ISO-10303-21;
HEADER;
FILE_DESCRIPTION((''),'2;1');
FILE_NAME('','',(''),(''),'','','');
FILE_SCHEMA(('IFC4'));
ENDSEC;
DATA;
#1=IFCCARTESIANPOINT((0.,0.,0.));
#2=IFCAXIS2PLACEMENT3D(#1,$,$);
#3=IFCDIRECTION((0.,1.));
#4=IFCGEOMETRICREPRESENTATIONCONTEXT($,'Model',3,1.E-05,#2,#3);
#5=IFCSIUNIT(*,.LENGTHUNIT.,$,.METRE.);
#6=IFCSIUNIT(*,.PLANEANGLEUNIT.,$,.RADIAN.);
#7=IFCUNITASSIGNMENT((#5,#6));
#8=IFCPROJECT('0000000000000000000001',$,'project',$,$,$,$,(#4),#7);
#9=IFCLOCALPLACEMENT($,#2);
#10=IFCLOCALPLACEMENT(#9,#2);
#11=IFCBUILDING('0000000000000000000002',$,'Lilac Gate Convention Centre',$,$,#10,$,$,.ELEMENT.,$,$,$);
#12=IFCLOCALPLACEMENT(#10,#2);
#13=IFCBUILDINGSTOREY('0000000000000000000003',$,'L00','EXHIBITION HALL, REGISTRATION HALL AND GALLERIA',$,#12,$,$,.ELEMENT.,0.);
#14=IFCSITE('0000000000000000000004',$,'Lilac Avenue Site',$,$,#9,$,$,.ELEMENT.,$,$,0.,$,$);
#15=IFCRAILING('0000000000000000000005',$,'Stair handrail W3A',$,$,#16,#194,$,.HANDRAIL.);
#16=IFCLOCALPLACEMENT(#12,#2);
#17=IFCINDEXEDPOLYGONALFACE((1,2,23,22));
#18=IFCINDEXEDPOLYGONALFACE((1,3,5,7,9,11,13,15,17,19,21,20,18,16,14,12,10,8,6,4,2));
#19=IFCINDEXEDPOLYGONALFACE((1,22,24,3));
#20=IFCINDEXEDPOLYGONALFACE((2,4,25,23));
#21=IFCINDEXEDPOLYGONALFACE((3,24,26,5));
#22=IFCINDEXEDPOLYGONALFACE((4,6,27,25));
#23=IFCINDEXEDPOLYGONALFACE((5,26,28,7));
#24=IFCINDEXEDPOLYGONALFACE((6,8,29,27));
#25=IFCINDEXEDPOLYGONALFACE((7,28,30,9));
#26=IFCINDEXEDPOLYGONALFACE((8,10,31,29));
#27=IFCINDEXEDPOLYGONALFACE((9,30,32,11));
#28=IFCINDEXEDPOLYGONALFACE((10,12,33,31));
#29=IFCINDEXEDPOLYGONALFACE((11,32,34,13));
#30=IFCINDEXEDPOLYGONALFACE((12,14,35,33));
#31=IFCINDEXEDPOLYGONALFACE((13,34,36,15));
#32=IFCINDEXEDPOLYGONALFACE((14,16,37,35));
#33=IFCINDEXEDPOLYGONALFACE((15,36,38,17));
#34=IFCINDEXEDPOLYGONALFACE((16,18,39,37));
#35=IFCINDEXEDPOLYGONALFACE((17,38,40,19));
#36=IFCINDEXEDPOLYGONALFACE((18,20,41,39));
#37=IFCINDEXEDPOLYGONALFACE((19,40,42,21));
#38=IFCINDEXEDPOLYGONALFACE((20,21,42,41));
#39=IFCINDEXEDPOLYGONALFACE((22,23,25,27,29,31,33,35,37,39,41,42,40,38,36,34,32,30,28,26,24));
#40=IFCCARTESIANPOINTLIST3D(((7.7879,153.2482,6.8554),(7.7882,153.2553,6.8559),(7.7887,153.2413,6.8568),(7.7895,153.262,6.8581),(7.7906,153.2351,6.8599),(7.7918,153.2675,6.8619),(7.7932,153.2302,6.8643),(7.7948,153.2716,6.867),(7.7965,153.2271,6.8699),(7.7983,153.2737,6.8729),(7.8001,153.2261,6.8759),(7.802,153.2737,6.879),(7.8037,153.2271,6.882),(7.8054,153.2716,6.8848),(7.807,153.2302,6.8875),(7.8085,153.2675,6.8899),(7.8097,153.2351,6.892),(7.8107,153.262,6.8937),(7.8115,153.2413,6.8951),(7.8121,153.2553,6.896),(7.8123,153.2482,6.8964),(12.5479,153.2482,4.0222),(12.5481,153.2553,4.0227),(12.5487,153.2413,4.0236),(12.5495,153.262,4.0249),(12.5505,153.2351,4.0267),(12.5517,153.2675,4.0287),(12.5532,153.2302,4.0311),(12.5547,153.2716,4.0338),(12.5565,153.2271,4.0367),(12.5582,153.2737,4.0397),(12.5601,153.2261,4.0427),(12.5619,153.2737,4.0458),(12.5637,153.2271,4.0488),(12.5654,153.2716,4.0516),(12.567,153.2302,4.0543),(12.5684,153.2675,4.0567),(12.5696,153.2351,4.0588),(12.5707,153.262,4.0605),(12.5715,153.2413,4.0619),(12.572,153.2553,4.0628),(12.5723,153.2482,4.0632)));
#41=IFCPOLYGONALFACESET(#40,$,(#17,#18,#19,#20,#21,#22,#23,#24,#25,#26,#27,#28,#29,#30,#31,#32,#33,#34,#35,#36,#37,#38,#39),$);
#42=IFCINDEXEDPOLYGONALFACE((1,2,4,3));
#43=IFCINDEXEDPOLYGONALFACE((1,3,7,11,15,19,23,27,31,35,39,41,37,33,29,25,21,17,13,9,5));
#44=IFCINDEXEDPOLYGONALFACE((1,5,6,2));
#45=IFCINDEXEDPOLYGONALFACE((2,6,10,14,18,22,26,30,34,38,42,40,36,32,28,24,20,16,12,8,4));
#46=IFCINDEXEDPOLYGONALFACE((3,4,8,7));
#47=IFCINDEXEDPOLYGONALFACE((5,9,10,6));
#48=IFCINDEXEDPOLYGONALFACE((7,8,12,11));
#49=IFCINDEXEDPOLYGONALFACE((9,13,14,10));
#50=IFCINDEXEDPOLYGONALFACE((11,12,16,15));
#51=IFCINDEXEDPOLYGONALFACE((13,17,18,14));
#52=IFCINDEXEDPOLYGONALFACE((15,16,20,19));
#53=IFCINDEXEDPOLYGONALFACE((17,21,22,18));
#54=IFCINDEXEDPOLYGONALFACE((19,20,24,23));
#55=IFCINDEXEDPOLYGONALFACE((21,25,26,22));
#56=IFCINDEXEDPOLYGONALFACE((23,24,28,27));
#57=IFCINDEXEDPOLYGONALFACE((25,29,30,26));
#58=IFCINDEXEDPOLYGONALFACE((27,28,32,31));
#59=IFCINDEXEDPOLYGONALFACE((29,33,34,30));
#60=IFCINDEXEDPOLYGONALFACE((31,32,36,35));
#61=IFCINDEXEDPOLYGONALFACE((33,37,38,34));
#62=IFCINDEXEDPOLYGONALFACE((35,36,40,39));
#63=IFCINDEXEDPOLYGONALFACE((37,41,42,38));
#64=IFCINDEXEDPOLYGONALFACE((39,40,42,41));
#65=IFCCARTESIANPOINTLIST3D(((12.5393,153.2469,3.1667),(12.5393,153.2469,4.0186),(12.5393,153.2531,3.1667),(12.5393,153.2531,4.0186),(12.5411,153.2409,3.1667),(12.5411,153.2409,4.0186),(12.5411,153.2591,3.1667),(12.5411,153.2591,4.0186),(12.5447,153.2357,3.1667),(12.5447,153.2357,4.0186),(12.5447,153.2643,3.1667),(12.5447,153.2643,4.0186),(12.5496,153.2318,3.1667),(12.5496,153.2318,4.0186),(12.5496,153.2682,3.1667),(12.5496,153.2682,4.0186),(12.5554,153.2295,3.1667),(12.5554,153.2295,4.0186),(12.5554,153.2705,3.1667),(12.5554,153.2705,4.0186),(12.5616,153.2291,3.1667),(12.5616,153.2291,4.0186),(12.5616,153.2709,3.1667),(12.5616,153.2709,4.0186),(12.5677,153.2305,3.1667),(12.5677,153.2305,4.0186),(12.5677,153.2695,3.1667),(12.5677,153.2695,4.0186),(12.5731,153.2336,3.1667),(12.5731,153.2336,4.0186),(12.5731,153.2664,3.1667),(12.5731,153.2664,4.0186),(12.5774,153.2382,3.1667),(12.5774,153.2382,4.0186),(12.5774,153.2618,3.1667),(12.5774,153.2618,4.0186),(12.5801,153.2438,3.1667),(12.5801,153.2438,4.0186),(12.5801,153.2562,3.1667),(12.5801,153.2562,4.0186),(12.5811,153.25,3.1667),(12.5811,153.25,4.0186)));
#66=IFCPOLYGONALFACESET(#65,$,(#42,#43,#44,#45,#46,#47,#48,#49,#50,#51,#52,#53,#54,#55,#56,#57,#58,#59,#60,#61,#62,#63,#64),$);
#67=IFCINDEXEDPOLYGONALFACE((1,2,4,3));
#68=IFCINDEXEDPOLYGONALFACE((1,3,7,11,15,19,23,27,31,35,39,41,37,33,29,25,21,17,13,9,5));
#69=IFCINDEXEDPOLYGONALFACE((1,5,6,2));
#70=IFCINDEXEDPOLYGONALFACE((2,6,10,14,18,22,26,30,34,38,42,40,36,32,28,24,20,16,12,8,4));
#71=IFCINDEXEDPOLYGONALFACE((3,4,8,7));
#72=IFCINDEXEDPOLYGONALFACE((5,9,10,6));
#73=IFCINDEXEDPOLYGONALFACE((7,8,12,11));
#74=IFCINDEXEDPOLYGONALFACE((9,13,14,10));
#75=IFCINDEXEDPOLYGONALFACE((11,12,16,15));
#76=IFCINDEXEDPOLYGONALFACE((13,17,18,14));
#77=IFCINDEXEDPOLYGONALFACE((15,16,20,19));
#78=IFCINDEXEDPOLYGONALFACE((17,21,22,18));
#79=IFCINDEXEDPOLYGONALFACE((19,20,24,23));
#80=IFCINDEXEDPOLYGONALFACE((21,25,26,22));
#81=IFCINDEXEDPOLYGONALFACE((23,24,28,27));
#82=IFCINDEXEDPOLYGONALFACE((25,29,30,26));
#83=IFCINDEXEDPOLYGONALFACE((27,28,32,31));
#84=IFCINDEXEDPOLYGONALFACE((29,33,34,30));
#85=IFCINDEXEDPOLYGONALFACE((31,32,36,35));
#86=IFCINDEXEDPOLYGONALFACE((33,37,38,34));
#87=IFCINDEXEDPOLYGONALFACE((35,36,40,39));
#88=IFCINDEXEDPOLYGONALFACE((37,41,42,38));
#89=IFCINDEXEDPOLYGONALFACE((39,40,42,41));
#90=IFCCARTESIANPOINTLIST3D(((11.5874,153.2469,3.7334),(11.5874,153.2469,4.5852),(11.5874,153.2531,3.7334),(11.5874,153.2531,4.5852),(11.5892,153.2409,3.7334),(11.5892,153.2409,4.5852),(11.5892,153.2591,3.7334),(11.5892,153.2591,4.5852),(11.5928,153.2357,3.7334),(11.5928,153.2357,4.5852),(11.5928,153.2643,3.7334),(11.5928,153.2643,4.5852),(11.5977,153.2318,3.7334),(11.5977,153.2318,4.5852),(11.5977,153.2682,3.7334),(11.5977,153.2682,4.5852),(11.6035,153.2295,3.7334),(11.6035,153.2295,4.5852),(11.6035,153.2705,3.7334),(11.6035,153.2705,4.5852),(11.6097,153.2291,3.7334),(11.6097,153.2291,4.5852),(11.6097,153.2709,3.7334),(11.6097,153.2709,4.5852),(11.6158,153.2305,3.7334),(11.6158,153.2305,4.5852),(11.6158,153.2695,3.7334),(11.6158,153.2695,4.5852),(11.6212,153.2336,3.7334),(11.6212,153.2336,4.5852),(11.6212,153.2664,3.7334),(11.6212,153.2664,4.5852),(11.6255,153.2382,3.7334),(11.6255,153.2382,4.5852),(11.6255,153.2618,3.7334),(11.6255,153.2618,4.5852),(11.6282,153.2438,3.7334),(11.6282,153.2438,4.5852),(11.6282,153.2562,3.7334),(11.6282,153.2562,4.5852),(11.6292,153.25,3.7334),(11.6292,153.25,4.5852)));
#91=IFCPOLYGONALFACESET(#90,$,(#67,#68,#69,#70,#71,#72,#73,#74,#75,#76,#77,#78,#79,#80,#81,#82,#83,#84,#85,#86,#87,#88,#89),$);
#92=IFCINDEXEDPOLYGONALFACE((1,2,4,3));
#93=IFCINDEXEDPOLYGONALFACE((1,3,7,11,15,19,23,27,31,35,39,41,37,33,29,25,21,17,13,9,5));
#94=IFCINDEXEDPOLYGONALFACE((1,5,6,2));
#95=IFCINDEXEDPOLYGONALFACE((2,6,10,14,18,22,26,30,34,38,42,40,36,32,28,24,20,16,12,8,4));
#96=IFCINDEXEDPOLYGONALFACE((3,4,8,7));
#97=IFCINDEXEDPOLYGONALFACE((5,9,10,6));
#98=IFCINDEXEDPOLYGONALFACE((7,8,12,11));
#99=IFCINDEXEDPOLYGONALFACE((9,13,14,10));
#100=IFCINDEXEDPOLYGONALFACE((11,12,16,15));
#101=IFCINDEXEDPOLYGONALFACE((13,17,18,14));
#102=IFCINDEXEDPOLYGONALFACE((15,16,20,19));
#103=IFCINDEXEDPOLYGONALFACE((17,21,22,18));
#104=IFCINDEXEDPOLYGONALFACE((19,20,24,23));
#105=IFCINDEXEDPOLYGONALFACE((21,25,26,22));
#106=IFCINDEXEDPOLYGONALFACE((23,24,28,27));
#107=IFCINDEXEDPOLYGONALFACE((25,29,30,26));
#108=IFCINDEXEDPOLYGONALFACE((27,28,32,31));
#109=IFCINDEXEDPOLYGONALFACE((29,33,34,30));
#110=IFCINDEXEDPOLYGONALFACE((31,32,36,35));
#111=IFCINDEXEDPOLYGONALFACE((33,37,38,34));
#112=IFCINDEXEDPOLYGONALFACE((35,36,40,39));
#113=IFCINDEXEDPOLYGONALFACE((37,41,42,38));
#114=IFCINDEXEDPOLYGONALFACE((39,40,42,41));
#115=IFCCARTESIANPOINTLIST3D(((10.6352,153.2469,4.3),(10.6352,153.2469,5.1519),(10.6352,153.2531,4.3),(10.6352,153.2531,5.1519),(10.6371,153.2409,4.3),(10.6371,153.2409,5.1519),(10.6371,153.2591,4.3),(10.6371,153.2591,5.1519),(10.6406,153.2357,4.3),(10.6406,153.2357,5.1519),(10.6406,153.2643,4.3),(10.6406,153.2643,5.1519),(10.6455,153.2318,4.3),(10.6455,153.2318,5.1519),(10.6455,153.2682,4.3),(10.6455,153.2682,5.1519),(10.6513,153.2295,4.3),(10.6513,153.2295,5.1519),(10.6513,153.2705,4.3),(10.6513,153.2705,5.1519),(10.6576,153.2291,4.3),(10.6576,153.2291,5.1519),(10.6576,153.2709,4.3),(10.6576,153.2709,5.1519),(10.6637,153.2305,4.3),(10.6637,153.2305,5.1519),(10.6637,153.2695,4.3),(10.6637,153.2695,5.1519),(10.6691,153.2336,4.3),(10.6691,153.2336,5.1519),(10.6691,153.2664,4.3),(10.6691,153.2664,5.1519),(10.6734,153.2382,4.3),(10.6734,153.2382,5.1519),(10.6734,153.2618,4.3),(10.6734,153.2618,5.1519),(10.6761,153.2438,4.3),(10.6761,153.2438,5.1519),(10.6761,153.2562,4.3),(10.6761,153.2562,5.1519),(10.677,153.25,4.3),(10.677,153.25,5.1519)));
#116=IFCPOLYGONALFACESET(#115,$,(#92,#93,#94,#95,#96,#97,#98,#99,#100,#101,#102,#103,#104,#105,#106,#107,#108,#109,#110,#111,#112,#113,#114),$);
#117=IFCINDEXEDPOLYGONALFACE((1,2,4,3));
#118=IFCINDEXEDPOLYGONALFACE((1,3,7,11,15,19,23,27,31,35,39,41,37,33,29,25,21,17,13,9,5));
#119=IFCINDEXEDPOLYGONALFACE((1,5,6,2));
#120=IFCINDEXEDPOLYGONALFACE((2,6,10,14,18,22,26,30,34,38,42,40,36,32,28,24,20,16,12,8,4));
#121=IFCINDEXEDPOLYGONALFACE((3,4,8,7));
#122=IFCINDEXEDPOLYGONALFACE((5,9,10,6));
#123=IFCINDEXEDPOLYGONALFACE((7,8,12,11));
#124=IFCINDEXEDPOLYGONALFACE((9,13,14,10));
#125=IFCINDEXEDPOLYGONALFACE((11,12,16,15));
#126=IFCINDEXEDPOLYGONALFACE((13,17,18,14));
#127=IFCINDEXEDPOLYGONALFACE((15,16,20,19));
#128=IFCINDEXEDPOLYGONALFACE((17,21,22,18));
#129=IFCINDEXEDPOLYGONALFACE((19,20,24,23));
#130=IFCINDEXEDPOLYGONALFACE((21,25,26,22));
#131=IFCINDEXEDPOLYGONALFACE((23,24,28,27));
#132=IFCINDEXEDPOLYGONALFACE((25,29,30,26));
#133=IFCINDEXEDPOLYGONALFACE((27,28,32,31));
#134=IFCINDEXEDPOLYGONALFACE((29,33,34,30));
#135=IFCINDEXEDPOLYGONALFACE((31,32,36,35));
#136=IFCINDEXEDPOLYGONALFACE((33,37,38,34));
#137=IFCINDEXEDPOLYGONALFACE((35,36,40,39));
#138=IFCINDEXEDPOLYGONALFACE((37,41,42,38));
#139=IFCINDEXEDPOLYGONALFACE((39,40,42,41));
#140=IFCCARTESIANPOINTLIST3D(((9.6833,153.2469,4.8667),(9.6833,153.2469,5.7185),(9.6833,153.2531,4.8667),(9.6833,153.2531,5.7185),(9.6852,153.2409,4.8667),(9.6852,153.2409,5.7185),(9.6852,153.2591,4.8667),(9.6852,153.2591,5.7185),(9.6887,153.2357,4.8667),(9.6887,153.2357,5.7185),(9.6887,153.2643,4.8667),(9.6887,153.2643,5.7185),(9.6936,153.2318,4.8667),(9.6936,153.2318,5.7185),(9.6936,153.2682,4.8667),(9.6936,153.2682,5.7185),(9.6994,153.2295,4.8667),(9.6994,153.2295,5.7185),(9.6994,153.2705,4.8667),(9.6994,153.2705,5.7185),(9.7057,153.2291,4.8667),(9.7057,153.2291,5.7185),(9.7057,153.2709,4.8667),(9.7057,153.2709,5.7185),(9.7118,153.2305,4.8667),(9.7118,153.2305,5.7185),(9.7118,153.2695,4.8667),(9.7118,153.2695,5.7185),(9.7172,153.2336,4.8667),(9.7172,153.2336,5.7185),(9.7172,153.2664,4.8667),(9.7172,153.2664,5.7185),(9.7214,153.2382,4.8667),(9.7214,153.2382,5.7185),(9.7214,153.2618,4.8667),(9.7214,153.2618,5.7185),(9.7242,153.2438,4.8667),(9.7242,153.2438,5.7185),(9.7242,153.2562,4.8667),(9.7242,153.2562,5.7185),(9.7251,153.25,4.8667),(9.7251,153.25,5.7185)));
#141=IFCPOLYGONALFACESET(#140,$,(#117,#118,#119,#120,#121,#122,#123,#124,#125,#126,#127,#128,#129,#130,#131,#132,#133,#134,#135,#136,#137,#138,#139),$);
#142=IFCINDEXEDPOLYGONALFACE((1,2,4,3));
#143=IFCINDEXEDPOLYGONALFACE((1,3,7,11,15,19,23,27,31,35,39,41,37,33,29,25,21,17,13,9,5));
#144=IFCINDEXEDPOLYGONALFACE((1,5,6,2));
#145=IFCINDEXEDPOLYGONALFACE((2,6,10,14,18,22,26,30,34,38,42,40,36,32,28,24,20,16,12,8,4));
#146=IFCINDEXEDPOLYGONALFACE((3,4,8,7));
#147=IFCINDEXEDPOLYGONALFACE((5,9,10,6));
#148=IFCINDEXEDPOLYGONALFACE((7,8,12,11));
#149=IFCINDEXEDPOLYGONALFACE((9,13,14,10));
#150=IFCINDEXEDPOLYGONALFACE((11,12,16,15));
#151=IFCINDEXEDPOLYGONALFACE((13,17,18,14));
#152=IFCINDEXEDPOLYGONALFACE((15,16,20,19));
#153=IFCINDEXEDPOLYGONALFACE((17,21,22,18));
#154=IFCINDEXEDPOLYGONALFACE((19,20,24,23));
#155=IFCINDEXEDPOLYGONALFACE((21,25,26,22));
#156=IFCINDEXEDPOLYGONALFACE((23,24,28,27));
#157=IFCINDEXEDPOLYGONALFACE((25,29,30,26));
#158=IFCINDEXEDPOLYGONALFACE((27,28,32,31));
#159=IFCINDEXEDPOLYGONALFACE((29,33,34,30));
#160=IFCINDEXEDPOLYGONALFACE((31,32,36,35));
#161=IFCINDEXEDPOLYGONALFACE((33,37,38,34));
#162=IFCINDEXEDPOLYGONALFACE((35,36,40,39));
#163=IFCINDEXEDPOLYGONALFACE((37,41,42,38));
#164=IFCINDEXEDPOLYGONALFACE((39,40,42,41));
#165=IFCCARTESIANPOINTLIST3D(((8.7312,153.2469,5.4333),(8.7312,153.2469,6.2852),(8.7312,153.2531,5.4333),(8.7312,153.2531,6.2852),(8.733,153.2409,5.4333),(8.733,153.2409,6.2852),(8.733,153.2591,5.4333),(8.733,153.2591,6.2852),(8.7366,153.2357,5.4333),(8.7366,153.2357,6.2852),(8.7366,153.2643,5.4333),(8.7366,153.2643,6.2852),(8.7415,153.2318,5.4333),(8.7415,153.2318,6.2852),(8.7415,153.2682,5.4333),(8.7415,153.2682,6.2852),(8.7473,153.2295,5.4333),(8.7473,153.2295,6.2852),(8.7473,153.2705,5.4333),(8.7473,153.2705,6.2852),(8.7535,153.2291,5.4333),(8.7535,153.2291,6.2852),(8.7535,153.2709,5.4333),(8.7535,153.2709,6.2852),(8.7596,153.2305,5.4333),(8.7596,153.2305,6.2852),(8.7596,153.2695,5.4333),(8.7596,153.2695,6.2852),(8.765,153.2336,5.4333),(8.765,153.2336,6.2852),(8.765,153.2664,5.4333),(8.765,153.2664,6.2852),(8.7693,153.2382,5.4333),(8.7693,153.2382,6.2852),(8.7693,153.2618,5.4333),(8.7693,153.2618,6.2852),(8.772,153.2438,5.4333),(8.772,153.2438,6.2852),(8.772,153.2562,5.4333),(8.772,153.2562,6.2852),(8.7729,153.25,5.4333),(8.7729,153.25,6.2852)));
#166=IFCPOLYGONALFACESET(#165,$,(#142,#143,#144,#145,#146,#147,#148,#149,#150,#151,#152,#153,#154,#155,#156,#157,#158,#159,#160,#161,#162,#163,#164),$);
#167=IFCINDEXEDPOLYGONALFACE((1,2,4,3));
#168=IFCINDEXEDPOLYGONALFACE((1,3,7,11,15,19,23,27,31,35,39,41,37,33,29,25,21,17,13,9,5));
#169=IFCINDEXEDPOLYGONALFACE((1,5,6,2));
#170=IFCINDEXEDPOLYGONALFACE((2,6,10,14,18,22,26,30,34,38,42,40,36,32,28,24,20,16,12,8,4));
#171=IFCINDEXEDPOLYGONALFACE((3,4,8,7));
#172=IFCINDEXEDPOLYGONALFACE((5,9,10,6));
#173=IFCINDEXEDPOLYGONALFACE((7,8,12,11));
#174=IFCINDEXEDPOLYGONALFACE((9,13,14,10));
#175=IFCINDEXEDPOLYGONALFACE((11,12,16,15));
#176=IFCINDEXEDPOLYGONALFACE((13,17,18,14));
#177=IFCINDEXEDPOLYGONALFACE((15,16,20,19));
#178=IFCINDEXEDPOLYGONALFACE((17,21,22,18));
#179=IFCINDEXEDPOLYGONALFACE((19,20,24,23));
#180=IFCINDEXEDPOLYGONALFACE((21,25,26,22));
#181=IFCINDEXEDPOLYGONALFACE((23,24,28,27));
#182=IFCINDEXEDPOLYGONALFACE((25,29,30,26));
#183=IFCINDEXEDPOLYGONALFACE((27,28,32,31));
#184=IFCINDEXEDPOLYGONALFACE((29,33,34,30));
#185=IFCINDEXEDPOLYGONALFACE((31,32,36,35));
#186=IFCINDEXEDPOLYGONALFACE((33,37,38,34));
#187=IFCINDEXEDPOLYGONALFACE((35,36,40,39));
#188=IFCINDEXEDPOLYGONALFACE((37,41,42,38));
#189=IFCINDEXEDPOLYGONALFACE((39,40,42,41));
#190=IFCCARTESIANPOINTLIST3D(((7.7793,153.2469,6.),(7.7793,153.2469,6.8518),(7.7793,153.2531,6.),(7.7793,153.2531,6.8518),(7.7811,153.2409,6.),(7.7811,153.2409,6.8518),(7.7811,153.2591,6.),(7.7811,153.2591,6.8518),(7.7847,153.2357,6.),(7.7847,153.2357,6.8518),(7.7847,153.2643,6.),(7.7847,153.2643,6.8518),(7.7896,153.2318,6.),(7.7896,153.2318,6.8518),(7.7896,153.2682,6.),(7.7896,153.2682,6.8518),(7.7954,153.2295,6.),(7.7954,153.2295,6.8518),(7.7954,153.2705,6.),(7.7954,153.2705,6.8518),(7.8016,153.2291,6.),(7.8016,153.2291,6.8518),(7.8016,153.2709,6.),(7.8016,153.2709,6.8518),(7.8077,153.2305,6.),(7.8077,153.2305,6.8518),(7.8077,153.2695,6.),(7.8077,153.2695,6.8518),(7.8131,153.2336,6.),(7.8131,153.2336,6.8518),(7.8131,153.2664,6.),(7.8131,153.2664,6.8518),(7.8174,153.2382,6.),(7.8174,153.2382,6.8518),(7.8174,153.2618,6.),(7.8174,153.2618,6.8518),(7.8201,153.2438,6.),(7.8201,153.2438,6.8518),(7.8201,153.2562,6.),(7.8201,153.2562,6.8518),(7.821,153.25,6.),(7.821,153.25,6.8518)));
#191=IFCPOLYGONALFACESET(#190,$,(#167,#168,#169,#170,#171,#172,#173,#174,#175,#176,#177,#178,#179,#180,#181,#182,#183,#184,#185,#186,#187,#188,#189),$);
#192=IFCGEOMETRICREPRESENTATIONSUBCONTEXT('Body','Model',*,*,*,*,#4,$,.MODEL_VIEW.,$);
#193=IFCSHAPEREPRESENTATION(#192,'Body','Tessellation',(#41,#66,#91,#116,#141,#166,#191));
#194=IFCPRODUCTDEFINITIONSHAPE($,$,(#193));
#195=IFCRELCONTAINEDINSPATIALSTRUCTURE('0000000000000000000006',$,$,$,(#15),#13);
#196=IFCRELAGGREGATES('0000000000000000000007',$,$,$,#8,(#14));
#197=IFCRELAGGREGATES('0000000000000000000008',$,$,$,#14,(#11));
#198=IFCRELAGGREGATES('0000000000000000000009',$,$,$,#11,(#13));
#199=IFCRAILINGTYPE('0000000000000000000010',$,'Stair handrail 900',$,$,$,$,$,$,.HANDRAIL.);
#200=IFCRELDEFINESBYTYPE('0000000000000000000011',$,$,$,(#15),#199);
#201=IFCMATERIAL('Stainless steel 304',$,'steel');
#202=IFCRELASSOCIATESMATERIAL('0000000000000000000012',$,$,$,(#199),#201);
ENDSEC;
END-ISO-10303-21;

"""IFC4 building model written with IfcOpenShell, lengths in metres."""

from ifc_helpers import new_model, si_unit, direction, frame, origin, origin_2d, place, context, subcontext, project, spatial, circle, extrude, material, type_object, element, save


model = new_model("IFC4")

# Units and contexts
model_context = context("Model", 3, precision=1e-05, world=origin(), true_north=direction((0.0, 1.0)))
body_context = subcontext(model_context, "Body", "Model", "MODEL_VIEW")
ifc_project = project(units=[si_unit("LENGTHUNIT", "METRE"), si_unit("PLANEANGLEUNIT", "RADIAN")], contexts=[model_context])

# Site, building, storey
site_placement = place(None, origin())
site = spatial("IfcSite", under=ifc_project, at=site_placement, Name="Lilac Avenue Site", CompositionType="ELEMENT", RefElevation=0.0)
building_placement = place(site_placement, origin())
building = spatial("IfcBuilding", under=site, at=building_placement, Name="Lilac Gate Convention Centre", CompositionType="ELEMENT")
storey_placement = place(building_placement, origin())
storey = spatial("IfcBuildingStorey", under=building, at=storey_placement, Name="L00", Description="EXHIBITION HALL, REGISTRATION HALL AND GALLERIA", CompositionType="ELEMENT", Elevation=0.0)

# Railing
ifc_material_1 = material(Name="Stainless steel 304", Category="steel")
railing_type = type_object("IfcRailingType", Name="Stair handrail 900", PredefinedType="HANDRAIL", material=ifc_material_1)
for number, where, name in (
    (1, (12.5601, 153.25, 3.1667), "Stair handrail W3A"),
):
    element("IfcRailing", number, at=place(storey_placement, frame(where)), inside=storey, type_object=railing_type, Name=name, PredefinedType="HANDRAIL", context=body_context, shape_type="SweptSolid", body=[
        extrude(circle(Radius=0.0239, at=origin_2d()), frame((0.0, 0.0, 0.876), z_axis=(-0.8593, 0.0, 0.511472), x_axis=(0.0, -1.0, 0.0)), (0.0, 0.0, 1.0), 5.5393),
        extrude(circle(Radius=0.021, at=origin_2d()), origin(), (0.0, 0.0, 1.0), 0.8518),
        extrude(circle(Radius=0.021, at=origin_2d()), frame((-0.9519, 0.0, 0.5667)), (0.0, 0.0, 1.0), 0.8518),
        extrude(circle(Radius=0.021, at=origin_2d()), frame((-1.9041, 0.0, 1.1333)), (0.0, 0.0, 1.0), 0.8518),
        extrude(circle(Radius=0.021, at=origin_2d()), frame((-2.856, 0.0, 1.7)), (0.0, 0.0, 1.0), 0.8518),
        extrude(circle(Radius=0.021, at=origin_2d()), frame((-3.8081, 0.0, 2.2666)), (0.0, 0.0, 1.0), 0.8518),
        extrude(circle(Radius=0.021, at=origin_2d()), frame((-4.76, 0.0, 2.8333)), (0.0, 0.0, 1.0), 0.8518),
    ])

save(model, "model.ifc")
